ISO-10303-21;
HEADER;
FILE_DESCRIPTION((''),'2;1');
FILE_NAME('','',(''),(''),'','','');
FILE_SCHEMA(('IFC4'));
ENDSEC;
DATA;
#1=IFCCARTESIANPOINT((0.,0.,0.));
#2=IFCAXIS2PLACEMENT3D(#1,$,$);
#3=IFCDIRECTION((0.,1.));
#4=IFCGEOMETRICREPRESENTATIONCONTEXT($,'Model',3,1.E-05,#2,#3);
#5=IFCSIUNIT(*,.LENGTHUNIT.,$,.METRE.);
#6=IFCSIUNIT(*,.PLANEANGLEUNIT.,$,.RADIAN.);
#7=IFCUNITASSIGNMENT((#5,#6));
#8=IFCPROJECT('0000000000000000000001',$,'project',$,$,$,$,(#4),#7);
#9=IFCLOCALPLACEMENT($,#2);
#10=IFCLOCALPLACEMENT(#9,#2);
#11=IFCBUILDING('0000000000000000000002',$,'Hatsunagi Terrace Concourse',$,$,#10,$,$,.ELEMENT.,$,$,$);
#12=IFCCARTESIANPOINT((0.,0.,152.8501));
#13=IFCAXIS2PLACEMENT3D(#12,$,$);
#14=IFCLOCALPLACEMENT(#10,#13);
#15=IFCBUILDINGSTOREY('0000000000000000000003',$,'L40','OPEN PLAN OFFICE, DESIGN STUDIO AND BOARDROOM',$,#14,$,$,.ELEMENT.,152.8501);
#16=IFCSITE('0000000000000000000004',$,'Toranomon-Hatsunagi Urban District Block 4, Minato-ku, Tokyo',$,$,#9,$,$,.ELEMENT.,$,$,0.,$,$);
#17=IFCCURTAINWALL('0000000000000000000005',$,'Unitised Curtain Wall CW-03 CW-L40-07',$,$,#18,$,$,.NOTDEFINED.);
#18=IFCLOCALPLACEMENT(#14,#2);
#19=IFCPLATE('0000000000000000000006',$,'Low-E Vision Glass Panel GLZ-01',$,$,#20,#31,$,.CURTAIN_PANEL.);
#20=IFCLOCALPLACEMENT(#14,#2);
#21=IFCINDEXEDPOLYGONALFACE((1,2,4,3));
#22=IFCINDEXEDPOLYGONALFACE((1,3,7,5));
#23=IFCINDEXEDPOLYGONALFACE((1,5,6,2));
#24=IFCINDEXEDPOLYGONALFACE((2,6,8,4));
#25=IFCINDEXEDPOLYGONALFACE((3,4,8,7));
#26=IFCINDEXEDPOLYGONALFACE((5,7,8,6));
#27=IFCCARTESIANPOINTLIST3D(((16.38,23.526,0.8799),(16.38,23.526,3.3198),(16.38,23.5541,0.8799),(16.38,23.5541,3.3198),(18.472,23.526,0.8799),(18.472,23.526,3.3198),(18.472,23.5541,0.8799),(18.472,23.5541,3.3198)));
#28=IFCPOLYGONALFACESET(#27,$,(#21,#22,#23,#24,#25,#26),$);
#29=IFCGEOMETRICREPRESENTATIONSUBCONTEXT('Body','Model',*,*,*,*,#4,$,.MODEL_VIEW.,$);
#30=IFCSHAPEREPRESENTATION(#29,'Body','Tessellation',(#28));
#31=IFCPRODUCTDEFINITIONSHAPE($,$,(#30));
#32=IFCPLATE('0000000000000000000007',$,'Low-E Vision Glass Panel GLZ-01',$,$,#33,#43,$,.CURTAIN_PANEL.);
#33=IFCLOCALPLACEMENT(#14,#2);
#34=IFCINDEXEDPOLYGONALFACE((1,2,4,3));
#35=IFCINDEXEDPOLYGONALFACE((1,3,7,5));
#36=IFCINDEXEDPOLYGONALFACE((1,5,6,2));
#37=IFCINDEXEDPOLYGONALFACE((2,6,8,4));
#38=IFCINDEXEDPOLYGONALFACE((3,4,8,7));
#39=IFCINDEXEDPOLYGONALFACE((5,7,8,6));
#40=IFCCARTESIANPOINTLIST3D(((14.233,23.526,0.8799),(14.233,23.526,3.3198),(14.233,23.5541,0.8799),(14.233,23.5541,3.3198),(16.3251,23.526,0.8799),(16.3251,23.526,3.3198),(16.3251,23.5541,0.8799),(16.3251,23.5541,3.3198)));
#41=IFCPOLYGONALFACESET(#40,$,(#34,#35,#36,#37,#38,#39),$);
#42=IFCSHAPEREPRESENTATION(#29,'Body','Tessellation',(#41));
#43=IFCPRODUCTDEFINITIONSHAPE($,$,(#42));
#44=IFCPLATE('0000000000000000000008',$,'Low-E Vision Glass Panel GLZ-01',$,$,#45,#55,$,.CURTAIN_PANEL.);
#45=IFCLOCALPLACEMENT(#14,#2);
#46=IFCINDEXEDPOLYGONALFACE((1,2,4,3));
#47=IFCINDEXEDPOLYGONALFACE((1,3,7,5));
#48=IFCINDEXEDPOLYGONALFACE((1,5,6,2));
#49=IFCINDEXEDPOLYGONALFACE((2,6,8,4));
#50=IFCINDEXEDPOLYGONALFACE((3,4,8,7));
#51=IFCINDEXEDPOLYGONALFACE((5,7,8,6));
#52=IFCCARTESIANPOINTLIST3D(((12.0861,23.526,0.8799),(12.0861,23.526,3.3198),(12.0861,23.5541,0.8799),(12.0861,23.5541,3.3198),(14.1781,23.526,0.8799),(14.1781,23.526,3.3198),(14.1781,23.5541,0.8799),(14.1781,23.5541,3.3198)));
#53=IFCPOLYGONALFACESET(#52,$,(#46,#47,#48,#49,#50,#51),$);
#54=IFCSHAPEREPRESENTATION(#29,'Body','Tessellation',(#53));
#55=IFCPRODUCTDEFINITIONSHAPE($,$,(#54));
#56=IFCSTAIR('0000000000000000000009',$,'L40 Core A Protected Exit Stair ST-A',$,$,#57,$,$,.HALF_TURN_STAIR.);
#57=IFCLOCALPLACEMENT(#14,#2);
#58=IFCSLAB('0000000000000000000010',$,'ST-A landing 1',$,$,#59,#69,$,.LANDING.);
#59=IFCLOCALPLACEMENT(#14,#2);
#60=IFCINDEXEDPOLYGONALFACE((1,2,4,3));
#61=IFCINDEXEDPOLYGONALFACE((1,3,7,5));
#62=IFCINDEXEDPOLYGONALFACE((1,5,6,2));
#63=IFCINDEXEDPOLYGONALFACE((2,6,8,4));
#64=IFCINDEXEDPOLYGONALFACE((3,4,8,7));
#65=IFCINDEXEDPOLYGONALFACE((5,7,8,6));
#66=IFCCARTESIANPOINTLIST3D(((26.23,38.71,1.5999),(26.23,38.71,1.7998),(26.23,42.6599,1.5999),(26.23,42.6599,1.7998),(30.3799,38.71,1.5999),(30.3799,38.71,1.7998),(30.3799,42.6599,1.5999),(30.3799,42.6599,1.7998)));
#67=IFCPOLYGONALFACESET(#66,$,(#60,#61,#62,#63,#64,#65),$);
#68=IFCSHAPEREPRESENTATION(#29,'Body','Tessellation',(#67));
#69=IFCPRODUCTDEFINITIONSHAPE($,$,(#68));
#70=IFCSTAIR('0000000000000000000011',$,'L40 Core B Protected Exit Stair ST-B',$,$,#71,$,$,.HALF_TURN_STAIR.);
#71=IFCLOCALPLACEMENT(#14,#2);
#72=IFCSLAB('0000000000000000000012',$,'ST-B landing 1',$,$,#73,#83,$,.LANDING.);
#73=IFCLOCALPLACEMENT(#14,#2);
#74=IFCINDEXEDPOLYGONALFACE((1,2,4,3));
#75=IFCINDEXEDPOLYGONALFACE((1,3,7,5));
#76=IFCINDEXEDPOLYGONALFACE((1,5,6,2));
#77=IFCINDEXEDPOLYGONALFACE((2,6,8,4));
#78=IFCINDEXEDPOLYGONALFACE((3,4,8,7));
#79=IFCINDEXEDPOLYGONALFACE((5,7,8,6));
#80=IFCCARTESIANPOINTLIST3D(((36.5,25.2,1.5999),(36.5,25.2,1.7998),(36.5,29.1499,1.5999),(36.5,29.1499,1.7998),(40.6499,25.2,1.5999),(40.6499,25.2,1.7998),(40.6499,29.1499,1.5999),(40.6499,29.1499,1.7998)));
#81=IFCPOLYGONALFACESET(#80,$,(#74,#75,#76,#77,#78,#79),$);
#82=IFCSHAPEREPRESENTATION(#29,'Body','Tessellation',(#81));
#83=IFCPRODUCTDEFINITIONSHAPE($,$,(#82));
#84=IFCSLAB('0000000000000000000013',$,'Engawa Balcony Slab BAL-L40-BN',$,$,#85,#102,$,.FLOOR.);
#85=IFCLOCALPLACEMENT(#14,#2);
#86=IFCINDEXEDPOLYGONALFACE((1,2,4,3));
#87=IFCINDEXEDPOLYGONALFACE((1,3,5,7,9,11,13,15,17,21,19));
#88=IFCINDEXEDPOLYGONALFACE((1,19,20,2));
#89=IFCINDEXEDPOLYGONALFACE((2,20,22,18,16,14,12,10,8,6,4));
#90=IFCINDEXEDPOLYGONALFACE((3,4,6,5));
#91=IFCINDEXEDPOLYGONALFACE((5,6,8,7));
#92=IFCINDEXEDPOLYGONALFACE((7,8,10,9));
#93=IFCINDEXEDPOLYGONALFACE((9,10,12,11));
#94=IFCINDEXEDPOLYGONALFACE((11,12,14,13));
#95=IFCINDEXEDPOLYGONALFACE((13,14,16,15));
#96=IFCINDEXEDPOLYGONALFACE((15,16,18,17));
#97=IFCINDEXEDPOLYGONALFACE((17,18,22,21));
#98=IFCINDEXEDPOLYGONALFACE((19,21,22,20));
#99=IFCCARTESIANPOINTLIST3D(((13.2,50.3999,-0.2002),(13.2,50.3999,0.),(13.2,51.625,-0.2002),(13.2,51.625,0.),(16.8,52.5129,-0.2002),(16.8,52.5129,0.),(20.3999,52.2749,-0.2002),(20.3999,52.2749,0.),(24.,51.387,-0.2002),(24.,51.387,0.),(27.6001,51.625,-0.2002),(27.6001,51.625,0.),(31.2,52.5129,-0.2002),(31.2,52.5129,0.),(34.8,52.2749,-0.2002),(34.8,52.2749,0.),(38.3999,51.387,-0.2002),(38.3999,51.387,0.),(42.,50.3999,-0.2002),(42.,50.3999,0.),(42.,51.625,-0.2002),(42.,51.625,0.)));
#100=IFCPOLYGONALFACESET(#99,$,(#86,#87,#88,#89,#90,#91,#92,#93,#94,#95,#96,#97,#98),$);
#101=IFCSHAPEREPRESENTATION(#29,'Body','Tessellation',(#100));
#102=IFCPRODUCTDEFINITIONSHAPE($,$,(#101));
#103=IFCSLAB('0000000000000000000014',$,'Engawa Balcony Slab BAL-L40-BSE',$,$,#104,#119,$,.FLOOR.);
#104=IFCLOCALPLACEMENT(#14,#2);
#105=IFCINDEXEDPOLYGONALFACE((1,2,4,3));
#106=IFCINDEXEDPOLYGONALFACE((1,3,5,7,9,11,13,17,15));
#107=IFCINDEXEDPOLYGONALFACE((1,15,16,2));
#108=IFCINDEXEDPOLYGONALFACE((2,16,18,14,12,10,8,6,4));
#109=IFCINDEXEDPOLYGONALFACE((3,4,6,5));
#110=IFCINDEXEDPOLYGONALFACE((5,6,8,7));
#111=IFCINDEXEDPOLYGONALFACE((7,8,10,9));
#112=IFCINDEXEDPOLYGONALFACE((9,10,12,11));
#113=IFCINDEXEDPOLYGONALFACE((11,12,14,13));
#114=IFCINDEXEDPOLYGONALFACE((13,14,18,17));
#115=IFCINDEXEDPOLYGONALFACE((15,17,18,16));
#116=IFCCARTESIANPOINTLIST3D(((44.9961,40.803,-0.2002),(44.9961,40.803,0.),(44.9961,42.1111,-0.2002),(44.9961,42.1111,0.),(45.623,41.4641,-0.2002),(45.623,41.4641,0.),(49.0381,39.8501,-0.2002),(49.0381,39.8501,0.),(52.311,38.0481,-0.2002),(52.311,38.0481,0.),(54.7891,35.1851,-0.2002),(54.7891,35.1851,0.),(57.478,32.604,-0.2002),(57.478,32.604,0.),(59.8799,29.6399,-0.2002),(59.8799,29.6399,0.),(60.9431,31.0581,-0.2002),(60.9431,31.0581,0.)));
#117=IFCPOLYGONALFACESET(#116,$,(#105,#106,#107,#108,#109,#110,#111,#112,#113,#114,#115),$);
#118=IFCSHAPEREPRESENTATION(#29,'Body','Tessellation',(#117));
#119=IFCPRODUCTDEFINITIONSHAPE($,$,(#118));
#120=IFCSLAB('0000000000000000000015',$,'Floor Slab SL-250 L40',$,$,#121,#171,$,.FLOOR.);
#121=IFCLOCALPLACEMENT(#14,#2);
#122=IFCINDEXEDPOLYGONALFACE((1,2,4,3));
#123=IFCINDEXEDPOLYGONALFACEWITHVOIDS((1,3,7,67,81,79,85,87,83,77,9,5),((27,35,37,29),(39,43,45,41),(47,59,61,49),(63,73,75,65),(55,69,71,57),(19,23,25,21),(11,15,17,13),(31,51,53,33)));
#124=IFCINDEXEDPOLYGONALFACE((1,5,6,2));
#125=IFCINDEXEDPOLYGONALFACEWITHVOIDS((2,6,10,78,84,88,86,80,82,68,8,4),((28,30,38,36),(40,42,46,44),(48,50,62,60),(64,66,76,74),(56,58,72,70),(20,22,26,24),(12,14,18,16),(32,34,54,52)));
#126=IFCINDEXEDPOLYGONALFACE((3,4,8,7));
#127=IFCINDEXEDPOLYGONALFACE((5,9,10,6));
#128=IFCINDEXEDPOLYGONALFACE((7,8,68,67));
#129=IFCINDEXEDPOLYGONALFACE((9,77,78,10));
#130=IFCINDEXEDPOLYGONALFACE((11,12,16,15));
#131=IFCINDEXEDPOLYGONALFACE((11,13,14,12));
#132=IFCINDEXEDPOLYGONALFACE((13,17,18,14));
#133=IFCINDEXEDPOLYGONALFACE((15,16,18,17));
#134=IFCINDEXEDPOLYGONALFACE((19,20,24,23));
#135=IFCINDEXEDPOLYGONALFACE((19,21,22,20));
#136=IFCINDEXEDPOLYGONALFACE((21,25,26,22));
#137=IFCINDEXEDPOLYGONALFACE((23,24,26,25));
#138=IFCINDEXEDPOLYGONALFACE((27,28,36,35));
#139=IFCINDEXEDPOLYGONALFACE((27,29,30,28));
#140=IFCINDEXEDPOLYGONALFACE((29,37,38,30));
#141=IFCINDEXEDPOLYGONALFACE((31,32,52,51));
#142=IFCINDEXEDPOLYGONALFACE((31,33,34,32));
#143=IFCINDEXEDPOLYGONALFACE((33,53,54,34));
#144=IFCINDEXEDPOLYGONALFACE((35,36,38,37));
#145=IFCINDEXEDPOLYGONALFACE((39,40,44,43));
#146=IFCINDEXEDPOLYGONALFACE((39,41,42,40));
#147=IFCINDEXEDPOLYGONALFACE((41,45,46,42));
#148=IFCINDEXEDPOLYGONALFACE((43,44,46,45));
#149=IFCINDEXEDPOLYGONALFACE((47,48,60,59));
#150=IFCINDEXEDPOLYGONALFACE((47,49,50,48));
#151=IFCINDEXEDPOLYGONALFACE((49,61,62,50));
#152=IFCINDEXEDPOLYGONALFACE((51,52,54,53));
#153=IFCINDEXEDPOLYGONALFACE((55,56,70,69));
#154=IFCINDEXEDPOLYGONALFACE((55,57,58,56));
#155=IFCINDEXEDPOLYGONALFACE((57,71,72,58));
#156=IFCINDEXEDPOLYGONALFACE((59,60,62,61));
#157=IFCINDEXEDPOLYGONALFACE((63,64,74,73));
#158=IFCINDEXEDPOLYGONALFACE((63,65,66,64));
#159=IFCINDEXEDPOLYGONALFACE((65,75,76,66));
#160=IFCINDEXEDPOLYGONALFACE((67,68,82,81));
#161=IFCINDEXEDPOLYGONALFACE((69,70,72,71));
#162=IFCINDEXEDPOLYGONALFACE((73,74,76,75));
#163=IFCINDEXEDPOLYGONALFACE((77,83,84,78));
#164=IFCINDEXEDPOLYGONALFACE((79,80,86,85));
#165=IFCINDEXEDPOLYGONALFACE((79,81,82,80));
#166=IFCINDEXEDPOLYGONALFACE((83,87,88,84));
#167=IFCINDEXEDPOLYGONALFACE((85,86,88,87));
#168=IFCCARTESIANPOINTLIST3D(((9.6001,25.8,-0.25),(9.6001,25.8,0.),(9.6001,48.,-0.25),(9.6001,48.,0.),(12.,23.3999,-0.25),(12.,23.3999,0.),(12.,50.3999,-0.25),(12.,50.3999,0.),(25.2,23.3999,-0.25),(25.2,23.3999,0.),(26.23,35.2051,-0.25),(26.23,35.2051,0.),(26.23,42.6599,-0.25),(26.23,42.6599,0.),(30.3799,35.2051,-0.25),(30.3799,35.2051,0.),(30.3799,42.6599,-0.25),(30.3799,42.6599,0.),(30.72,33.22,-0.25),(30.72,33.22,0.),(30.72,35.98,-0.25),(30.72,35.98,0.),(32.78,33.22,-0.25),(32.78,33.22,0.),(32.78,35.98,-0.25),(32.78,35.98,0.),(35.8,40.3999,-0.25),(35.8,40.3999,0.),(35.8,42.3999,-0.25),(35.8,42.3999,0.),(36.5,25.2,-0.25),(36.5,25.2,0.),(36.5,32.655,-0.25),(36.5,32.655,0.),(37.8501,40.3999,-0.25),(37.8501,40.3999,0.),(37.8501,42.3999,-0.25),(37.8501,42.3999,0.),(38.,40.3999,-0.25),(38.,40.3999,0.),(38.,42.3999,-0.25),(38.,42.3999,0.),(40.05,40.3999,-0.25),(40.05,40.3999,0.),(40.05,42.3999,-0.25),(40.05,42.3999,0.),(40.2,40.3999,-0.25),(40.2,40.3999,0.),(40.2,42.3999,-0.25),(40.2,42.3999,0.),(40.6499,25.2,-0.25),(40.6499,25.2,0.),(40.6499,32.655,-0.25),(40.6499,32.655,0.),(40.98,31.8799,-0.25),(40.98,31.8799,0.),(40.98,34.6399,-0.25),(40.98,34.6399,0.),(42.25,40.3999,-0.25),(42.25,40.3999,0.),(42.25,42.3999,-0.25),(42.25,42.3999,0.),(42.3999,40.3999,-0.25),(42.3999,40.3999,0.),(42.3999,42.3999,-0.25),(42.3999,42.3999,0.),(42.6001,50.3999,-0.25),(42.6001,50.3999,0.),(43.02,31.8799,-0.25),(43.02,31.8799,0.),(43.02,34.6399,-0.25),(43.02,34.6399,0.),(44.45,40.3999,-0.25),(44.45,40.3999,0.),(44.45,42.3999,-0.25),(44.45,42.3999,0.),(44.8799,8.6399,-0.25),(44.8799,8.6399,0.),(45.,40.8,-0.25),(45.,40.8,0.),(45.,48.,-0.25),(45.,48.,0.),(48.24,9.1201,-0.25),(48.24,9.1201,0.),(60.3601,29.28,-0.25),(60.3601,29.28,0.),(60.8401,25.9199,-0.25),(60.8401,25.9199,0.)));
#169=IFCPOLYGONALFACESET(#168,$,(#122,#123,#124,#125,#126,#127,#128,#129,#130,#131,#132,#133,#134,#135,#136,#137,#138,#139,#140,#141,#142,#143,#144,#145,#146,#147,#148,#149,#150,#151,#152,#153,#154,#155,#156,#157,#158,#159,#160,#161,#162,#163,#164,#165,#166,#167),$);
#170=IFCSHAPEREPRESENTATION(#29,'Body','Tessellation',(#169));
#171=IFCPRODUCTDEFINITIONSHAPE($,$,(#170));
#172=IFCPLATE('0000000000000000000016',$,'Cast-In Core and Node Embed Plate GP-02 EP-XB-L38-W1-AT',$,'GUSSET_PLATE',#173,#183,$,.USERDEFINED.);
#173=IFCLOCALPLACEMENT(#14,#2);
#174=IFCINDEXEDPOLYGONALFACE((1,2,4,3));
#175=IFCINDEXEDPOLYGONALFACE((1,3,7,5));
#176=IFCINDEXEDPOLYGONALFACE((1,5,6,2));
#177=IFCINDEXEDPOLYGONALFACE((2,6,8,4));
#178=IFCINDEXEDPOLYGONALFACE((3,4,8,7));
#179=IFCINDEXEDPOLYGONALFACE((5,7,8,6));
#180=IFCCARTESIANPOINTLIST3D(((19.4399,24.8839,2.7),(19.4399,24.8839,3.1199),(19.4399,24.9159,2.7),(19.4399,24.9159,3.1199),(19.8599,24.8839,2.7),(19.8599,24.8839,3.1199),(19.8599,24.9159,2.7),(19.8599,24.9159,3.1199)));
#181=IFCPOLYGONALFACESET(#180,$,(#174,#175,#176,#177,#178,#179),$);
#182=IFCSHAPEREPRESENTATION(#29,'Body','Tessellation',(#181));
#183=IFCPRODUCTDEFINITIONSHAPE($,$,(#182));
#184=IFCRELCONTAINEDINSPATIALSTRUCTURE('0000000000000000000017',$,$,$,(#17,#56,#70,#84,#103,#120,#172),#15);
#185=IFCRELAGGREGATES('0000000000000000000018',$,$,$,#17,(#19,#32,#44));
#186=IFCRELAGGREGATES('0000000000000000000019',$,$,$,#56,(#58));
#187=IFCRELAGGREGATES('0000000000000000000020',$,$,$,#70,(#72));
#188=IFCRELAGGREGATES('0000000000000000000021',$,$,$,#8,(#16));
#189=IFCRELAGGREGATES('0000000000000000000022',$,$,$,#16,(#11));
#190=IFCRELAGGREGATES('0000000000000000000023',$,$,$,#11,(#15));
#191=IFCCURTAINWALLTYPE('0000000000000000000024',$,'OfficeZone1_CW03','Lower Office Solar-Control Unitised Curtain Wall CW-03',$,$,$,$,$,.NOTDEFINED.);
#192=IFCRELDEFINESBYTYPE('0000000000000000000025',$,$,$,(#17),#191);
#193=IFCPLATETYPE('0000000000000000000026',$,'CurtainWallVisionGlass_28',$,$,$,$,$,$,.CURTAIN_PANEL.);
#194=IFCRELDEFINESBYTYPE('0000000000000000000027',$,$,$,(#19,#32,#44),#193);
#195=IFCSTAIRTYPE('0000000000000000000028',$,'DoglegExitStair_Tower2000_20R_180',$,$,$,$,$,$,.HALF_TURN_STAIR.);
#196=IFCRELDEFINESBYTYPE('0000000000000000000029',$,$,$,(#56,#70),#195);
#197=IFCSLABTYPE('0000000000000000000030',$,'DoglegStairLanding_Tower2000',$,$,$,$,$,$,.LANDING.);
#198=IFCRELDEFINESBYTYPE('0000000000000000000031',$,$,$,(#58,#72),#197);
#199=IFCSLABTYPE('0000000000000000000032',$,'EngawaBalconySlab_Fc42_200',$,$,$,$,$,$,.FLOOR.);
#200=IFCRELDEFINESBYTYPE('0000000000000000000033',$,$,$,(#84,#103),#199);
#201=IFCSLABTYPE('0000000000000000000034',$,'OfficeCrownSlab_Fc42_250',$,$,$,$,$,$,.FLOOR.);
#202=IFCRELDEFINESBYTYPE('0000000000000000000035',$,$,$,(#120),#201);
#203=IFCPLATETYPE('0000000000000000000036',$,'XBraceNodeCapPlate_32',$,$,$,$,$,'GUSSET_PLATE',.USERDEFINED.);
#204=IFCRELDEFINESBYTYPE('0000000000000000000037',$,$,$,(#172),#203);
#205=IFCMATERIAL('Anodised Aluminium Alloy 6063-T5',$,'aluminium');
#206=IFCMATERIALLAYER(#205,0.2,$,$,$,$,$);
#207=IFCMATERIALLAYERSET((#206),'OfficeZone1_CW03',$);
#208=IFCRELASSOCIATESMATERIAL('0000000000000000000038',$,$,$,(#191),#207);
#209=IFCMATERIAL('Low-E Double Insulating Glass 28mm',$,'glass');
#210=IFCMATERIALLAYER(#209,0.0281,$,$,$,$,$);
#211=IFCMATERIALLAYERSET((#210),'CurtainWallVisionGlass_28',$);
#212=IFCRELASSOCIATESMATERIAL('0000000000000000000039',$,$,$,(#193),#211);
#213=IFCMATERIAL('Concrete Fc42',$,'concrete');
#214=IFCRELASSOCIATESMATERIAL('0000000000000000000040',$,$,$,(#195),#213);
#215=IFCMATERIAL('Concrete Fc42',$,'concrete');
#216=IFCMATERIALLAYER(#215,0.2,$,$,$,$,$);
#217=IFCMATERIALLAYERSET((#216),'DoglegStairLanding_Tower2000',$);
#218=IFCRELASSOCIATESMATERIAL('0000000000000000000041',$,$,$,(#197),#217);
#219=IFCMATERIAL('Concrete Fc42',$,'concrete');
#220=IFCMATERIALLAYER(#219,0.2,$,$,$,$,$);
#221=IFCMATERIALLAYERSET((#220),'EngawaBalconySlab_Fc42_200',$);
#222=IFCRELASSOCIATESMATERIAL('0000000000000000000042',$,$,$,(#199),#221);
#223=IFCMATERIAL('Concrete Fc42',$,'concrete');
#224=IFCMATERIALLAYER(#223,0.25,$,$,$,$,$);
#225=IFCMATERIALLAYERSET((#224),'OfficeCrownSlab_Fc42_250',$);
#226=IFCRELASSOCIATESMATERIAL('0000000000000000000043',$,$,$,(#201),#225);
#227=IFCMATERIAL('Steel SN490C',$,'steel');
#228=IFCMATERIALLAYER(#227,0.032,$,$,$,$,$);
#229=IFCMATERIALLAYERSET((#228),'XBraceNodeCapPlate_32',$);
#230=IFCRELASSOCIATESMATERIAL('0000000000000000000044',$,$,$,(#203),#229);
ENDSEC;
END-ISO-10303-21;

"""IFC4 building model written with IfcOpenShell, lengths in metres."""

from ifc_helpers import new_model, si_unit, direction, frame, origin, origin_2d, place, context, subcontext, project, spatial, polyline, rectangle, outline, extrude, material, layer, layer_set, type_object, element, aggregate, save


model = new_model("IFC4")

# Units and contexts
model_context = context("Model", 3, precision=1e-05, world=origin(), true_north=direction((0.0, 1.0)))
body_context = subcontext(model_context, "Body", "Model", "MODEL_VIEW")
ifc_project = project(units=[si_unit("LENGTHUNIT", "METRE"), si_unit("PLANEANGLEUNIT", "RADIAN")], contexts=[model_context])

# Site, building, storey
site_placement = place(None, origin())
site = spatial("IfcSite", under=ifc_project, at=site_placement, Name="Toranomon-Hatsunagi Urban District Block 4, Minato-ku, Tokyo", CompositionType="ELEMENT", RefElevation=0.0)
building_placement = place(site_placement, origin())
building = spatial("IfcBuilding", under=site, at=building_placement, Name="Hatsunagi Terrace Concourse", CompositionType="ELEMENT")
storey_placement = place(building_placement, frame((0.0, 0.0, 152.8501)))
storey = spatial("IfcBuildingStorey", under=building, at=storey_placement, Name="L40", Description="OPEN PLAN OFFICE, DESIGN STUDIO AND BOARDROOM", CompositionType="ELEMENT", Elevation=152.8501)

# Curtain wall, plates
ifc_material_1 = material(Name="Anodised Aluminium Alloy 6063-T5", Category="aluminium")
ifc_layer_1 = layer(ifc_material_1, 0.2)
ifc_layer_set_1 = layer_set([ifc_layer_1], Name="OfficeZone1_CW03")
curtain_wall_type = type_object("IfcCurtainWallType", Name="OfficeZone1_CW03", Description="Lower Office Solar-Control Unitised Curtain Wall CW-03", PredefinedType="NOTDEFINED", material=ifc_layer_set_1)
curtain_wall_placement = place(storey_placement, origin())
curtain_wall = element("IfcCurtainWall", 1, at=curtain_wall_placement, inside=storey, type_object=curtain_wall_type, Name="Unitised Curtain Wall CW-03 CW-L40-07", PredefinedType="NOTDEFINED")
ifc_material_2 = material(Name="Low-E Double Insulating Glass 28mm", Category="glass")
ifc_layer_2 = layer(ifc_material_2, 0.0281)
ifc_layer_set_2 = layer_set([ifc_layer_2], Name="CurtainWallVisionGlass_28")
plate_type_1 = type_object("IfcPlateType", Name="CurtainWallVisionGlass_28", PredefinedType="CURTAIN_PANEL", material=ifc_layer_set_2)
plate_1_placement = place(storey_placement, frame((17.426, 23.54, 0.8799), z_axis=(0.0, 0.0, 1.0), x_axis=(-1.0, 0.0, 0.0)))
plate_1 = element("IfcPlate", 2, at=plate_1_placement, type_object=plate_type_1, Name="Low-E Vision Glass Panel GLZ-01", PredefinedType="CURTAIN_PANEL", context=body_context, shape_type="SweptSolid", body=[
    extrude(rectangle(XDim=2.092, YDim=0.0281, at=origin_2d()), origin(), (0.0, 0.0, 1.0), 2.4399),
])
plate_2_placement = place(storey_placement, frame((15.2791, 23.54, 0.8799), z_axis=(0.0, 0.0, 1.0), x_axis=(-1.0, 0.0, 0.0)))
plate_2 = element("IfcPlate", 3, at=plate_2_placement, type_object=plate_type_1, Name="Low-E Vision Glass Panel GLZ-01", PredefinedType="CURTAIN_PANEL", context=body_context, shape_type="SweptSolid", body=[
    extrude(rectangle(XDim=2.092, YDim=0.0281, at=origin_2d()), origin(), (0.0, 0.0, 1.0), 2.4399),
])
plate_3_placement = place(storey_placement, frame((13.1321, 23.54, 0.8799), z_axis=(0.0, 0.0, 1.0), x_axis=(-1.0, 0.0, 0.0)))
plate_3 = element("IfcPlate", 4, at=plate_3_placement, type_object=plate_type_1, Name="Low-E Vision Glass Panel GLZ-01", PredefinedType="CURTAIN_PANEL", context=body_context, shape_type="SweptSolid", body=[
    extrude(rectangle(XDim=2.092, YDim=0.0281, at=origin_2d()), origin(), (0.0, 0.0, 1.0), 2.4399),
])
aggregate(curtain_wall, [plate_1, plate_2, plate_3])

# Stairs, slabs
ifc_material_3 = material(Name="Concrete Fc42", Category="concrete")
stair_type = type_object("IfcStairType", Name="DoglegExitStair_Tower2000_20R_180", PredefinedType="HALF_TURN_STAIR", material=ifc_material_3)
stair_1_placement = place(storey_placement, origin())
stair_1 = element("IfcStair", 5, at=stair_1_placement, inside=storey, type_object=stair_type, Name="L40 Core A Protected Exit Stair ST-A", PredefinedType="HALF_TURN_STAIR")
ifc_material_4 = material(Name="Concrete Fc42", Category="concrete")
ifc_layer_3 = layer(ifc_material_4, 0.2)
ifc_layer_set_3 = layer_set([ifc_layer_3], Name="DoglegStairLanding_Tower2000")
slab_type_1 = type_object("IfcSlabType", Name="DoglegStairLanding_Tower2000", PredefinedType="LANDING", material=ifc_layer_set_3)
slab_1_placement = place(storey_placement, frame((0.0, 0.0, 1.5999)))
slab_1 = element("IfcSlab", 6, at=slab_1_placement, type_object=slab_type_1, Name="ST-A landing 1", PredefinedType="LANDING", context=body_context, shape_type="SweptSolid", body=[
    extrude(outline(polyline([(30.3799, 38.71), (30.3799, 42.6599), (26.23, 42.6599), (26.23, 38.71), (30.3799, 38.71)])), origin(), (0.0, 0.0, 1.0), 0.2),
])
aggregate(stair_1, [slab_1])
stair_2_placement = place(storey_placement, origin())
stair_2 = element("IfcStair", 7, at=stair_2_placement, inside=storey, type_object=stair_type, Name="L40 Core B Protected Exit Stair ST-B", PredefinedType="HALF_TURN_STAIR")
slab_2_placement = place(storey_placement, frame((0.0, 0.0, 1.5999)))
slab_2 = element("IfcSlab", 8, at=slab_2_placement, type_object=slab_type_1, Name="ST-B landing 1", PredefinedType="LANDING", context=body_context, shape_type="SweptSolid", body=[
    extrude(outline(polyline([(36.5, 29.1499), (36.5, 25.2), (40.6499, 25.2), (40.6499, 29.1499), (36.5, 29.1499)])), origin(), (0.0, 0.0, 1.0), 0.2),
])
aggregate(stair_2, [slab_2])

# Slabs
ifc_material_5 = material(Name="Concrete Fc42", Category="concrete")
ifc_layer_4 = layer(ifc_material_5, 0.2)
ifc_layer_set_4 = layer_set([ifc_layer_4], Name="EngawaBalconySlab_Fc42_200")
slab_type_2 = type_object("IfcSlabType", Name="EngawaBalconySlab_Fc42_200", PredefinedType="FLOOR", material=ifc_layer_set_4)
slab_3_placement = place(storey_placement, frame((0.0, 0.0, -0.2002)))
element("IfcSlab", 9, at=slab_3_placement, inside=storey, type_object=slab_type_2, Name="Engawa Balcony Slab BAL-L40-BN", PredefinedType="FLOOR", context=body_context, shape_type="SweptSolid", body=[
    extrude(outline(polyline([(13.2, 51.625), (13.2, 50.3999), (42.0, 50.3999), (42.0, 51.625), (38.3999, 51.387), (34.8, 52.2749), (31.2, 52.5129), (27.6001, 51.625), (24.0, 51.387), (20.3999, 52.2749), (16.8, 52.5129), (13.2, 51.625)])), origin(), (0.0, 0.0, 1.0), 0.2002),
])
slab_4_placement = place(storey_placement, frame((0.0, 0.0, -0.2002)))
element("IfcSlab", 10, at=slab_4_placement, inside=storey, type_object=slab_type_2, Name="Engawa Balcony Slab BAL-L40-BSE", PredefinedType="FLOOR", context=body_context, shape_type="SweptSolid", body=[
    extrude(outline(polyline([(45.623, 41.4641), (44.9961, 42.1111), (44.9961, 40.803), (59.8799, 29.6399), (60.9431, 31.0581), (57.478, 32.604), (54.7891, 35.1851), (52.311, 38.0481), (49.0381, 39.8501), (45.623, 41.4641)])), origin(), (0.0, 0.0, 1.0), 0.2002),
])
ifc_material_6 = material(Name="Concrete Fc42", Category="concrete")
ifc_layer_5 = layer(ifc_material_6, 0.25)
ifc_layer_set_5 = layer_set([ifc_layer_5], Name="OfficeCrownSlab_Fc42_250")
slab_type_3 = type_object("IfcSlabType", Name="OfficeCrownSlab_Fc42_250", PredefinedType="FLOOR", material=ifc_layer_set_5)
slab_5_placement = place(storey_placement, frame((0.0, 0.0, -0.25)))
element("IfcSlab", 11, at=slab_5_placement, inside=storey, type_object=slab_type_3, Name="Floor Slab SL-250 L40", PredefinedType="FLOOR", context=body_context, shape_type="SweptSolid", body=[
    extrude(outline(polyline([(45.0, 40.8), (45.0, 48.0), (42.6001, 50.3999), (12.0, 50.3999), (9.6001, 48.0), (9.6001, 25.8), (12.0, 23.3999), (25.2, 23.3999), (44.8799, 8.6399), (48.24, 9.1201), (60.8401, 25.9199), (60.3601, 29.28), (45.0, 40.8)]), holes=[polyline([(26.23, 35.2051), (30.3799, 35.2051), (30.3799, 42.6599), (26.23, 42.6599), (26.23, 35.2051)]), polyline([(36.5, 25.2), (40.6499, 25.2), (40.6499, 32.655), (36.5, 32.655), (36.5, 25.2)]), polyline([(30.72, 33.22), (32.78, 33.22), (32.78, 35.98), (30.72, 35.98), (30.72, 33.22)]), polyline([(40.98, 31.8799), (43.02, 31.8799), (43.02, 34.6399), (40.98, 34.6399), (40.98, 31.8799)]), polyline([(35.8, 40.3999), (37.8501, 40.3999), (37.8501, 42.3999), (35.8, 42.3999), (35.8, 40.3999)]), polyline([(38.0, 40.3999), (40.05, 40.3999), (40.05, 42.3999), (38.0, 42.3999), (38.0, 40.3999)]), polyline([(40.2, 40.3999), (42.25, 40.3999), (42.25, 42.3999), (40.2, 42.3999), (40.2, 40.3999)]), polyline([(42.3999, 40.3999), (44.45, 40.3999), (44.45, 42.3999), (42.3999, 42.3999), (42.3999, 40.3999)])]), origin(), (0.0, 0.0, 1.0), 0.25),
])

# Plate
ifc_material_7 = material(Name="Steel SN490C", Category="steel")
ifc_layer_6 = layer(ifc_material_7, 0.032)
ifc_layer_set_6 = layer_set([ifc_layer_6], Name="XBraceNodeCapPlate_32")
plate_type_2 = type_object("IfcPlateType", Name="XBraceNodeCapPlate_32", ElementType="GUSSET_PLATE", PredefinedType="USERDEFINED", material=ifc_layer_set_6)
for number, where, z_axis, x_axis, name in (
    (12, (19.6499, 24.8999, 2.7), (0.0, 0.0, 1.0), (1.0, 0.0, 0.0), "Cast-In Core and Node Embed Plate GP-02 EP-XB-L38-W1-AT"),
):
    element("IfcPlate", number, at=place(storey_placement, frame(where, z_axis=z_axis, x_axis=x_axis)), inside=storey, type_object=plate_type_2, Name=name, ObjectType="GUSSET_PLATE", PredefinedType="USERDEFINED", context=body_context, shape_type="SweptSolid", body=[
        extrude(rectangle(XDim=0.4199, YDim=0.032, at=origin_2d()), origin(), (0.0, 0.0, 1.0), 0.4199),
    ])

save(model, "model.ifc")
